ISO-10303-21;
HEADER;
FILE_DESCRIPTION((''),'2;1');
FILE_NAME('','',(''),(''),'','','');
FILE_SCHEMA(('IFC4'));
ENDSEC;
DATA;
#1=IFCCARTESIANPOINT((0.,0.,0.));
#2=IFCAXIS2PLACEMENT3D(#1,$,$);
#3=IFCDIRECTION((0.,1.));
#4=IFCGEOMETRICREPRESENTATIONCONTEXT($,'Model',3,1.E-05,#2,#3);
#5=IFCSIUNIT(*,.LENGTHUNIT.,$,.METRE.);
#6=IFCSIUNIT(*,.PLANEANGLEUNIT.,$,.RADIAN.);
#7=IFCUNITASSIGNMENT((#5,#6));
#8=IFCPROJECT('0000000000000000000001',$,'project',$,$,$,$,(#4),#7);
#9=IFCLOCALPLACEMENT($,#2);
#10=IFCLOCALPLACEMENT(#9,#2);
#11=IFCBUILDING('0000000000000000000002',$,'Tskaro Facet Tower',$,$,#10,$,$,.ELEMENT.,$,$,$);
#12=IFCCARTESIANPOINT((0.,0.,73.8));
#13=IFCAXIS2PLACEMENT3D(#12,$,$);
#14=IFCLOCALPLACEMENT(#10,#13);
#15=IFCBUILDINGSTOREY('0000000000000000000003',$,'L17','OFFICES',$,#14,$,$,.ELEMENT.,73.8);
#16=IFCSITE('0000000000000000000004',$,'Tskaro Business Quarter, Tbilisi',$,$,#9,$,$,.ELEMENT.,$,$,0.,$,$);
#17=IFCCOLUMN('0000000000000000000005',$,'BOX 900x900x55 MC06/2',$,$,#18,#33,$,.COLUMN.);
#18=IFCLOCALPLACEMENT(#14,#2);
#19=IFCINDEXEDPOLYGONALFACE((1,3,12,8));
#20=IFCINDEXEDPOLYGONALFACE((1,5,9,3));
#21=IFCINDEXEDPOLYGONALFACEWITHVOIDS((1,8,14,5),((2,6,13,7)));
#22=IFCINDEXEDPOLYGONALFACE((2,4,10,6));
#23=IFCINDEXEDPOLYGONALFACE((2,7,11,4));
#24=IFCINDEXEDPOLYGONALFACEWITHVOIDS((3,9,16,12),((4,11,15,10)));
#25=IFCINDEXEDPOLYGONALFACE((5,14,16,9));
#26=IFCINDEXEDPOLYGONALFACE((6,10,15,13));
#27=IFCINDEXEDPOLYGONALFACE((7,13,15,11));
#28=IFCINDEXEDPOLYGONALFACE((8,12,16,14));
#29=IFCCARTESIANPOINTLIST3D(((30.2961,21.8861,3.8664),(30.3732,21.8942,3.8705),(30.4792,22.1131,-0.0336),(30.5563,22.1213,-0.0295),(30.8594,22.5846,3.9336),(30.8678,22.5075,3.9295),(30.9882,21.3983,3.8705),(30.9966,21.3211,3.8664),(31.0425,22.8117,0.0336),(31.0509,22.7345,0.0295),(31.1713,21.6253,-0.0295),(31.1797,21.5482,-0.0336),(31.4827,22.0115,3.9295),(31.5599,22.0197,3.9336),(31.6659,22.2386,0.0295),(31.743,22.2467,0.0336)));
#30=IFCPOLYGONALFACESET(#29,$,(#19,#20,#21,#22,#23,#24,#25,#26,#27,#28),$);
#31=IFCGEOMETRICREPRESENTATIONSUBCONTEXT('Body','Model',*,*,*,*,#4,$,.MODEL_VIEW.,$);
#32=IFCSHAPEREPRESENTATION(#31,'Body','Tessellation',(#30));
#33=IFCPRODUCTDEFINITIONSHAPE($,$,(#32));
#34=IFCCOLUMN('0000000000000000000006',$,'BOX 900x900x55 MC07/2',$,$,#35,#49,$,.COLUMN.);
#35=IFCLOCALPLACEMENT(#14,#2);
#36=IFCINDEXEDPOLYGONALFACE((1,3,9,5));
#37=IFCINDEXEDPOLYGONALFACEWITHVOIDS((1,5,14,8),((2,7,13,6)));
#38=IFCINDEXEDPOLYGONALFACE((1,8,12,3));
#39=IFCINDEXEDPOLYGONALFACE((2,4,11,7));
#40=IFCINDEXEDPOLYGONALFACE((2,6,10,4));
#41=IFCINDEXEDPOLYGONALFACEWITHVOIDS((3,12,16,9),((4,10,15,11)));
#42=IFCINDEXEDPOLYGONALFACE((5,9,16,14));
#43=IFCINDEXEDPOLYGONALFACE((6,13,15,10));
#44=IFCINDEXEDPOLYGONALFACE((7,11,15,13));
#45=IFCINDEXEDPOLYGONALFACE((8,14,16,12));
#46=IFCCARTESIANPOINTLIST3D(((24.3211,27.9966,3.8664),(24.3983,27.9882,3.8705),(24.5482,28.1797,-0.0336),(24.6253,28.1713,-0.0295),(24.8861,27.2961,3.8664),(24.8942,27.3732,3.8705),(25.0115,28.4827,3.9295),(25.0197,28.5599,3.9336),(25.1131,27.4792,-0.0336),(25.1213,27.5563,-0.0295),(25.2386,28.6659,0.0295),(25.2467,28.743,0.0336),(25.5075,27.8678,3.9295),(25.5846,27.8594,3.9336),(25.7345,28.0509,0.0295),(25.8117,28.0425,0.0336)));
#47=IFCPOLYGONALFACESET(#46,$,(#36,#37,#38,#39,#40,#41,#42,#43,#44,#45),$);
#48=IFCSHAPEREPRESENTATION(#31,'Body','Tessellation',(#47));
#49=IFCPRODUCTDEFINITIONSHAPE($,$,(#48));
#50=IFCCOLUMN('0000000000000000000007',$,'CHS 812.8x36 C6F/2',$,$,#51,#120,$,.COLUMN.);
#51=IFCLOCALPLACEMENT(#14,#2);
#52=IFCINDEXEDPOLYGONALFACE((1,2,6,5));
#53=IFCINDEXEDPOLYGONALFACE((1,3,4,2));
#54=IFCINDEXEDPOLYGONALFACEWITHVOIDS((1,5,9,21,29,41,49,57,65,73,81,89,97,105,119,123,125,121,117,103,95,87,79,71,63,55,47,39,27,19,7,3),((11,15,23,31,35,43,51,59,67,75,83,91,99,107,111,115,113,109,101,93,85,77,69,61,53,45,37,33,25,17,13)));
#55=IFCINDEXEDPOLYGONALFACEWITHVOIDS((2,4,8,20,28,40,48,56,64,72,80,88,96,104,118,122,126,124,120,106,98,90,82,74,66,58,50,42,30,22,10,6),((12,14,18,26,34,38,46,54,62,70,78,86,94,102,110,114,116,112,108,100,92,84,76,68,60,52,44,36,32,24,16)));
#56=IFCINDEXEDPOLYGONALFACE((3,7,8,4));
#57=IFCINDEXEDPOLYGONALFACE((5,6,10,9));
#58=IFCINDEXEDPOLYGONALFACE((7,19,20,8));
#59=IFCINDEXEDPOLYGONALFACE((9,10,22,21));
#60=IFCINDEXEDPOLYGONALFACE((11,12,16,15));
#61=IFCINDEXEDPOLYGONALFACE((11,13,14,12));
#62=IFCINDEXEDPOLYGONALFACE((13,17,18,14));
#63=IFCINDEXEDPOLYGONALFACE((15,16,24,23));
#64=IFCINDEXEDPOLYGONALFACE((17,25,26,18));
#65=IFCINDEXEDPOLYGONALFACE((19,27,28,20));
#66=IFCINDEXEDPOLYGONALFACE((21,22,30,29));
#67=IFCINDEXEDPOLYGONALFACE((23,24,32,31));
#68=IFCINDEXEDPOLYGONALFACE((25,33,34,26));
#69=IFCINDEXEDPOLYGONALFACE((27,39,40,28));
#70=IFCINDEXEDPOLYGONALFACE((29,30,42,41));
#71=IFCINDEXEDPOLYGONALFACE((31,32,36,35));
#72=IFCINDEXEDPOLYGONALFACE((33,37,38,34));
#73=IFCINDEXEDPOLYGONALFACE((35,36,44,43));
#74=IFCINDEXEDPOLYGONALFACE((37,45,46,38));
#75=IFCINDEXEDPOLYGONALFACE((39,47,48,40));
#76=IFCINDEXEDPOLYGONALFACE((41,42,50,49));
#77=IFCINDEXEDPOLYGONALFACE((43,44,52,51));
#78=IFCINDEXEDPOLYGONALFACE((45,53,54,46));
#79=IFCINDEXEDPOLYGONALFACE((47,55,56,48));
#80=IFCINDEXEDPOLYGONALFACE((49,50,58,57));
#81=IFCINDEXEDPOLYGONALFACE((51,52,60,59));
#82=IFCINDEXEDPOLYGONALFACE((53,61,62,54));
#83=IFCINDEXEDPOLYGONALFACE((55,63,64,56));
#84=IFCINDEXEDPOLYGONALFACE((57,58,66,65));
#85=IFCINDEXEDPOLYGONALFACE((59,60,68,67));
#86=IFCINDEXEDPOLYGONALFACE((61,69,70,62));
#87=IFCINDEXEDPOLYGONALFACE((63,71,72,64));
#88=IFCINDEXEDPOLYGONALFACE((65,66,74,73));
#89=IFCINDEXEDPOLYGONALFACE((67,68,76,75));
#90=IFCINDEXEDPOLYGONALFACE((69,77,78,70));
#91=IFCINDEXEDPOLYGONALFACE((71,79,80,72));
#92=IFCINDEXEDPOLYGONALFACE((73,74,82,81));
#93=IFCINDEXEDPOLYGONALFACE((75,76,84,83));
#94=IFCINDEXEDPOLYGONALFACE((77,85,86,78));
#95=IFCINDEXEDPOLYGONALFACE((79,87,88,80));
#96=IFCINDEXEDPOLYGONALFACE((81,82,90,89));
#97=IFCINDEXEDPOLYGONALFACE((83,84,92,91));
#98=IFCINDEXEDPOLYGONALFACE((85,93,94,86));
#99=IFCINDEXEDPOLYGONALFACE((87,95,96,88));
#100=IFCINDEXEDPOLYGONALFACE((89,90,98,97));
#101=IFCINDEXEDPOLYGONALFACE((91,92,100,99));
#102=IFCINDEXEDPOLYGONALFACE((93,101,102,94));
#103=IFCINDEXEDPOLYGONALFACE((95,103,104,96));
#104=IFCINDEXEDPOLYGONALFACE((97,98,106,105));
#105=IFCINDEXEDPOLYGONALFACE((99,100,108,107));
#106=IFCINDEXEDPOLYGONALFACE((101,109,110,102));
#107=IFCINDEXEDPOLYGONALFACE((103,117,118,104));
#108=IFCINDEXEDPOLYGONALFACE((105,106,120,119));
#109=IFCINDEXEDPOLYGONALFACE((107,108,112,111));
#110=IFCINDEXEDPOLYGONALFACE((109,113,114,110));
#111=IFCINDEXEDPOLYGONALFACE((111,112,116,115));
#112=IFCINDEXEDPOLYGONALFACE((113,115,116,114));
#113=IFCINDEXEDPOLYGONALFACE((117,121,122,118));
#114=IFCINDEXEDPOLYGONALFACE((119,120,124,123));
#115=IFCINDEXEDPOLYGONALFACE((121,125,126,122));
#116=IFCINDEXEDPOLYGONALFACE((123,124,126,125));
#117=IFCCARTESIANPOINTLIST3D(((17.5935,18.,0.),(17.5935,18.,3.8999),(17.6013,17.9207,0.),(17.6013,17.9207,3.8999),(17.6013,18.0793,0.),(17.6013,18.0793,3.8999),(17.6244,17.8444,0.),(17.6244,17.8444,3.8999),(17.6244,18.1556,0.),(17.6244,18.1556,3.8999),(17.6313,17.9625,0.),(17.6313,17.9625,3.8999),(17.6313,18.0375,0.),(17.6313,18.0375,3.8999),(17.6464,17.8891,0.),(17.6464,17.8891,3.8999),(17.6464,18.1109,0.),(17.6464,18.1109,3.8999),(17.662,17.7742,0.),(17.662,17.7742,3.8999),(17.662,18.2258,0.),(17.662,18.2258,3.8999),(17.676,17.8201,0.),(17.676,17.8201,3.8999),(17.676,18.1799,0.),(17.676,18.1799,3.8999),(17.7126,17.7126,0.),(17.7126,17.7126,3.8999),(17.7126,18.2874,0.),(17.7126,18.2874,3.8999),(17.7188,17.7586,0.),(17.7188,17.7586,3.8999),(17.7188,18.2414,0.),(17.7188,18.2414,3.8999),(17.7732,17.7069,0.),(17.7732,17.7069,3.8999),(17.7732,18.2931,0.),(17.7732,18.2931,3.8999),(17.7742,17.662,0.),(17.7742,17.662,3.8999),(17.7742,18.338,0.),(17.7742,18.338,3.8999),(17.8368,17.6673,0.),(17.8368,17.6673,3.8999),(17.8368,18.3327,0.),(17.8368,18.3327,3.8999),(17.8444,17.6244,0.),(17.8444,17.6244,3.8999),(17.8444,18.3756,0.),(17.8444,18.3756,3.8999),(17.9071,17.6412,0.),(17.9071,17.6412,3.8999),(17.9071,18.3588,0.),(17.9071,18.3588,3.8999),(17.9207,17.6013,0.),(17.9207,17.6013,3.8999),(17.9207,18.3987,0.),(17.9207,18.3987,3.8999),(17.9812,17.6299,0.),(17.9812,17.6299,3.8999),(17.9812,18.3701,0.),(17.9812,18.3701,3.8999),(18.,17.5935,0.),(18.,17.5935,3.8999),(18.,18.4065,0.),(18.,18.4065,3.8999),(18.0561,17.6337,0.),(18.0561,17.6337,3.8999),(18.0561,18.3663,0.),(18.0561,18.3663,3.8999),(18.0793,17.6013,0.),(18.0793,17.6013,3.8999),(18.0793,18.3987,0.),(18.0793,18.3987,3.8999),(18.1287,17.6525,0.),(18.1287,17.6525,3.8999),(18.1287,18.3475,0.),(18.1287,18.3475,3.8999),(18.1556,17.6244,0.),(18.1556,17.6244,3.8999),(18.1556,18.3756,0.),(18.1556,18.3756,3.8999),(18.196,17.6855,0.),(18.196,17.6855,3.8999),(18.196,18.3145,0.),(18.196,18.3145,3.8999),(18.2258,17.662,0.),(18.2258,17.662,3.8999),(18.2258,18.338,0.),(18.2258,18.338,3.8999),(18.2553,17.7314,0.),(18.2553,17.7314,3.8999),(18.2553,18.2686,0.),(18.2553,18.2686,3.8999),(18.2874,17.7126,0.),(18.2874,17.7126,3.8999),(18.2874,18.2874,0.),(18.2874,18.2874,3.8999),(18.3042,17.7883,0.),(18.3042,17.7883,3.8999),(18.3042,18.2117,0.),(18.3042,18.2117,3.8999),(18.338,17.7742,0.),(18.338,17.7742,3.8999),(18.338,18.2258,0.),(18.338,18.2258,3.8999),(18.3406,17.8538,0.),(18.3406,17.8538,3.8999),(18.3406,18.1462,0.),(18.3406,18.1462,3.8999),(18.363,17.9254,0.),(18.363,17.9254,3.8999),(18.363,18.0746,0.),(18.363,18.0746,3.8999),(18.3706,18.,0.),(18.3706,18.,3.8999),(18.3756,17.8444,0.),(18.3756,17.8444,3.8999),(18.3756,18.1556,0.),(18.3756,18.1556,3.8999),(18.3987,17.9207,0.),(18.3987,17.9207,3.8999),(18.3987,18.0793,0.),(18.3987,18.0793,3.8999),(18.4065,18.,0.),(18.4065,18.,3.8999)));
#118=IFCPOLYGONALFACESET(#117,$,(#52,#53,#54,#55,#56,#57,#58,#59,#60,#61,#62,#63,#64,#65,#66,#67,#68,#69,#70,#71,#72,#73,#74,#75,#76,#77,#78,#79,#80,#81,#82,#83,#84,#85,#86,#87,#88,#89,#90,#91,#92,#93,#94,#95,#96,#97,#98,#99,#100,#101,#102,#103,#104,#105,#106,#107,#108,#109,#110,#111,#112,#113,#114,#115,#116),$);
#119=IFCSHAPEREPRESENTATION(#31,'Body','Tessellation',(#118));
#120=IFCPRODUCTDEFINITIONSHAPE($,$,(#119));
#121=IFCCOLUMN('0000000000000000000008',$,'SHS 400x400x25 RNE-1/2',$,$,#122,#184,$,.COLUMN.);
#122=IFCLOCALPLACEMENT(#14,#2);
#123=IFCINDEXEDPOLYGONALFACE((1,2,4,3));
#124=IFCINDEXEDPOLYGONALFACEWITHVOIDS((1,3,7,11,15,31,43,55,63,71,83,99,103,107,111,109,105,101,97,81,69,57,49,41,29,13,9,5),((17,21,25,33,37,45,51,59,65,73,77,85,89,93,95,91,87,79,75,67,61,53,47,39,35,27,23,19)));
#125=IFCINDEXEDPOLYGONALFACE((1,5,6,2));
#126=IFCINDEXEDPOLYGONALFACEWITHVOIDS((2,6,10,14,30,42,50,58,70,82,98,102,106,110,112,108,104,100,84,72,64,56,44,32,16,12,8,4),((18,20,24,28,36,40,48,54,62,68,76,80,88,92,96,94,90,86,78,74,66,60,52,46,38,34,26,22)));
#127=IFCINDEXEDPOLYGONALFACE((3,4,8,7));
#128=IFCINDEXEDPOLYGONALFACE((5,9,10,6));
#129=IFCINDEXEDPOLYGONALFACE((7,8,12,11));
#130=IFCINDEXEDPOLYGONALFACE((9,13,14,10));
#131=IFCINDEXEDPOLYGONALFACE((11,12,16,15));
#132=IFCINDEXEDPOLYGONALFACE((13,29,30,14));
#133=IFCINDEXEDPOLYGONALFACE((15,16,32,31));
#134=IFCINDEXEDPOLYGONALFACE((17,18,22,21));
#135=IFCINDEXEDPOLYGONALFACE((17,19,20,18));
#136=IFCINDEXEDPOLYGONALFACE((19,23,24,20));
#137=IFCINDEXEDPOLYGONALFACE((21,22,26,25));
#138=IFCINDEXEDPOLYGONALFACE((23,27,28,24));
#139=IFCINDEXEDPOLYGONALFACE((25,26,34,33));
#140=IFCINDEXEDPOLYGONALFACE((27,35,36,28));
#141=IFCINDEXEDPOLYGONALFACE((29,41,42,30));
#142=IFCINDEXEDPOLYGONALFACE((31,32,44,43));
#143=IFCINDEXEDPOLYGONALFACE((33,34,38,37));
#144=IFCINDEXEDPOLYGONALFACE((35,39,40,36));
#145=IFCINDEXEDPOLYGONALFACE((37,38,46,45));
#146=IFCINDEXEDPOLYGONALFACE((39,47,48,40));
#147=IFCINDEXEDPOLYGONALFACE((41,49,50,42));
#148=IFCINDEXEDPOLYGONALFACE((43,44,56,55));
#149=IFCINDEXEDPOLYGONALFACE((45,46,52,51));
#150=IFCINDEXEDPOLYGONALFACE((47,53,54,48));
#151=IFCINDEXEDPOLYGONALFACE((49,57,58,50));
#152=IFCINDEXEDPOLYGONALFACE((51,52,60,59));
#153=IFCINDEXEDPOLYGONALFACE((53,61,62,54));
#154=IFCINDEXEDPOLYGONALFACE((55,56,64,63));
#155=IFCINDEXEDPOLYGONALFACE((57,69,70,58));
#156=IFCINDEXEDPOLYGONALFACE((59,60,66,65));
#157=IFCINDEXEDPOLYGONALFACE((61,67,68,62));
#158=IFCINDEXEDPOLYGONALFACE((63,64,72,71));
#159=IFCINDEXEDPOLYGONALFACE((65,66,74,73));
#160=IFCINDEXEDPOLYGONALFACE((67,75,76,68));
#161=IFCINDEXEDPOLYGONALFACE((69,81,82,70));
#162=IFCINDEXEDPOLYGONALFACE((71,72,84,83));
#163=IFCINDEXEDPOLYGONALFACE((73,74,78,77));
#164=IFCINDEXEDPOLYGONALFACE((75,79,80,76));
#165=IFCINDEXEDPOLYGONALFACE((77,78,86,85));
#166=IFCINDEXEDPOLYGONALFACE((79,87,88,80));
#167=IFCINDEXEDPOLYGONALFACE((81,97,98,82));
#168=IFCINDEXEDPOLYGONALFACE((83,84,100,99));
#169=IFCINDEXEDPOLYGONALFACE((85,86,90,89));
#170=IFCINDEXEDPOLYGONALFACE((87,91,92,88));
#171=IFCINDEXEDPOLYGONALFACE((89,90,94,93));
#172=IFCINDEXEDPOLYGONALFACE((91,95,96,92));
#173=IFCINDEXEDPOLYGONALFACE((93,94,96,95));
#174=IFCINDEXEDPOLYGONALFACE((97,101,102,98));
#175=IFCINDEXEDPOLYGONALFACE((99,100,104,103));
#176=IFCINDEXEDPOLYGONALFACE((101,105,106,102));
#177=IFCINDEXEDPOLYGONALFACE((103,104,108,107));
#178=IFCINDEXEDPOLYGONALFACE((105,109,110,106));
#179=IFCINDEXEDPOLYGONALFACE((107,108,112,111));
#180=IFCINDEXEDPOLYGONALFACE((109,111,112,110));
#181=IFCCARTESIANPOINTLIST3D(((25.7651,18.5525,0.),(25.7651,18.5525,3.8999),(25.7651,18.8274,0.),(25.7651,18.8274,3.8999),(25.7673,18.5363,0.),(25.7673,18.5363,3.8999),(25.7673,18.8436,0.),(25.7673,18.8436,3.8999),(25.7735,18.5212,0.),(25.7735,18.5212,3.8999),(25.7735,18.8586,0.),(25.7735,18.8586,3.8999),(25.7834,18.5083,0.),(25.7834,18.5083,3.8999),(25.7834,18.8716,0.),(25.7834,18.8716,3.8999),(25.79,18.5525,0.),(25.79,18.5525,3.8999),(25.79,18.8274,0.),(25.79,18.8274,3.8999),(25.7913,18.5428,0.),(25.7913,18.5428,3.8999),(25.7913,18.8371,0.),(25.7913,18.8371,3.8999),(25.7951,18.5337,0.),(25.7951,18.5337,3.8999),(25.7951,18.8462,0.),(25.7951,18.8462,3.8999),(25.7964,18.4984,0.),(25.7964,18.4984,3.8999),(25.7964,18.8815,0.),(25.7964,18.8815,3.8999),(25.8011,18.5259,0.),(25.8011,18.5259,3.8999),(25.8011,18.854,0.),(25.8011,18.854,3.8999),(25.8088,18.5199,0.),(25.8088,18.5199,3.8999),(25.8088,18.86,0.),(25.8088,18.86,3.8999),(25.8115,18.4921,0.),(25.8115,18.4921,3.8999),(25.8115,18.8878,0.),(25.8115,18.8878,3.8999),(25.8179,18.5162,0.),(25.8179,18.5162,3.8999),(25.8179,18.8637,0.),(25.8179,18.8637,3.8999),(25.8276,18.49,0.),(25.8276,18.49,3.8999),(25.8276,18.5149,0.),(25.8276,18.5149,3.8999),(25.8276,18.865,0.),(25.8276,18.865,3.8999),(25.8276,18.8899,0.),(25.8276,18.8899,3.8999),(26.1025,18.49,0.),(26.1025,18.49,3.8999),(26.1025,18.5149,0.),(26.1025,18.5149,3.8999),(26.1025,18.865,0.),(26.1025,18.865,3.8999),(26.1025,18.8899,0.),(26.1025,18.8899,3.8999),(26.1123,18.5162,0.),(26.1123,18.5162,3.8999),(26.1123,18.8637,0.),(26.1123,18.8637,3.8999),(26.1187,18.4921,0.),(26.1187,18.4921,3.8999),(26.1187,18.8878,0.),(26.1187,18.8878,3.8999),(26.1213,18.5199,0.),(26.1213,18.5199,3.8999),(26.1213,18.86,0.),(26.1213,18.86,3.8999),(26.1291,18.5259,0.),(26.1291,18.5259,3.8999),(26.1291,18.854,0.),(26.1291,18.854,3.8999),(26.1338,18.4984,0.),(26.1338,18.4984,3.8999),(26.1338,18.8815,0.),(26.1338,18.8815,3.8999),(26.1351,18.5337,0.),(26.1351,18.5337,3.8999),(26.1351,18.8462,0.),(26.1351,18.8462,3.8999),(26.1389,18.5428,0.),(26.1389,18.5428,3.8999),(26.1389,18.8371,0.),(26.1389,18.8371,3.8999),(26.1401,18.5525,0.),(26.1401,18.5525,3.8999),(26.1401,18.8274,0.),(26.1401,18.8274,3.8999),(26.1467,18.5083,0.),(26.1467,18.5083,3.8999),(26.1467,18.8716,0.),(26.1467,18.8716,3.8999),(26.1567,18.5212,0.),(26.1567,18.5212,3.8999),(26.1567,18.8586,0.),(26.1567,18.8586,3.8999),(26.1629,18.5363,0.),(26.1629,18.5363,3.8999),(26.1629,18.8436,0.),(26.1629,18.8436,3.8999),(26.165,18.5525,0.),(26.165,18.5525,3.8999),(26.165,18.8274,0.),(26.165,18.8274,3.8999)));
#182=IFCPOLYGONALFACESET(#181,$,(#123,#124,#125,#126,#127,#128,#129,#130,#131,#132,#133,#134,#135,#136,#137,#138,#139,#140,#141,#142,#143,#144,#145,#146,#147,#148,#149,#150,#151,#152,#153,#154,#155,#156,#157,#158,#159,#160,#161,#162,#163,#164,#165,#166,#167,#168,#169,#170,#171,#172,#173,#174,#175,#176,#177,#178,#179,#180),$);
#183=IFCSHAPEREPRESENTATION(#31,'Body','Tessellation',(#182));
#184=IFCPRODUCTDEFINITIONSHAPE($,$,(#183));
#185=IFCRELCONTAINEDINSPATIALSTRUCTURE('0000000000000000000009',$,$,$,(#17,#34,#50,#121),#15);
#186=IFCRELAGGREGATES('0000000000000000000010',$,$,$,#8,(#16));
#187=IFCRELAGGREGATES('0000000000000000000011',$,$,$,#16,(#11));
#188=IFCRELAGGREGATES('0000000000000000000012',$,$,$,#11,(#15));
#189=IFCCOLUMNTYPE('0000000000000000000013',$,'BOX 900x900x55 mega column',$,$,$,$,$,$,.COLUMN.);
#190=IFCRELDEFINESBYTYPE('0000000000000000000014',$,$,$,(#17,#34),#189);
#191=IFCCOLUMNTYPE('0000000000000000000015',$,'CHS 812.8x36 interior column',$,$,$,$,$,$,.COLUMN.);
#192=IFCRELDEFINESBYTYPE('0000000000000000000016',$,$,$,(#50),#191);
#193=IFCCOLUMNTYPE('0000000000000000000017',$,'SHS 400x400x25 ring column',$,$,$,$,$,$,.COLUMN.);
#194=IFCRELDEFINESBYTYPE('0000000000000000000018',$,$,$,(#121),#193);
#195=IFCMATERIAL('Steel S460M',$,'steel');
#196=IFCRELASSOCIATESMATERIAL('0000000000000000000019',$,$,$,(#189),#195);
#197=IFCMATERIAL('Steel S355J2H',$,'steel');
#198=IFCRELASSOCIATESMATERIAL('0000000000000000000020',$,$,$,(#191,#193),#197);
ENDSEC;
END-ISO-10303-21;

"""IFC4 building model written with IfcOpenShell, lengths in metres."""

from ifc_helpers import new_model, si_unit, direction, frame, origin, origin_2d, place, context, subcontext, project, spatial, hollow_rectangle, hollow_circle, extrude, material, material_profile, profile_set, type_object, element, save


model = new_model("IFC4")

# Units and contexts
model_context = context("Model", 3, precision=1e-05, world=origin(), true_north=direction((0.0, 1.0)))
body_context = subcontext(model_context, "Body", "Model", "MODEL_VIEW")
ifc_project = project(units=[si_unit("LENGTHUNIT", "METRE"), si_unit("PLANEANGLEUNIT", "RADIAN")], contexts=[model_context])

# Site, building, storey
site_placement = place(None, origin())
site = spatial("IfcSite", under=ifc_project, at=site_placement, Name="Tskaro Business Quarter, Tbilisi", CompositionType="ELEMENT", RefElevation=0.0)
building_placement = place(site_placement, origin())
building = spatial("IfcBuilding", under=site, at=building_placement, Name="Tskaro Facet Tower", CompositionType="ELEMENT")
storey_placement = place(building_placement, frame((0.0, 0.0, 73.8)))
storey = spatial("IfcBuildingStorey", under=building, at=storey_placement, Name="L17", Description="OFFICES", CompositionType="ELEMENT", Elevation=73.8)

# Columns
ifc_material_1 = material(Name="Steel S460M", Category="steel")
ifc_material_profile_1 = material_profile(ifc_material_1, hollow_rectangle(XDim=0.8999, YDim=0.8999, WallThickness=0.0549, at=origin_2d()), Name="BOX 900x900x55")
ifc_profile_set_1 = profile_set([ifc_material_profile_1], Name="Steel S460M")
column_type_1 = type_object("IfcColumnType", Name="BOX 900x900x55 mega column", PredefinedType="COLUMN", material=ifc_profile_set_1)
for number, where, z_axis, x_axis, name in (
    (1, (31.1111, 22.1799, 0.0), (-0.046821, -0.058057, 0.997215), (0.778413, -0.627752, 0.0), "BOX 900x900x55 MC06/2"),
    (2, (25.1799, 28.1111, 0.0), (-0.058057, -0.046821, 0.997215), (0.627752, -0.778413, 0.0), "BOX 900x900x55 MC07/2"),
):
    element("IfcColumn", number, at=place(storey_placement, frame(where, z_axis=z_axis, x_axis=x_axis)), inside=storey, type_object=column_type_1, Name=name, PredefinedType="COLUMN", context=body_context, shape_type="SweptSolid", body=[
        extrude(hollow_rectangle(XDim=0.8999, YDim=0.8999, WallThickness=0.0549, at=origin_2d()), origin(), (0.0, 0.0, 1.0), 3.9109),
    ])
ifc_material_2 = material(Name="Steel S355J2H", Category="steel")
ifc_material_profile_2 = material_profile(ifc_material_2, hollow_circle(Radius=0.4065, WallThickness=0.0359, at=origin_2d()), Name="CHS 812.8x36")
ifc_profile_set_2 = profile_set([ifc_material_profile_2], Name="Steel S355J2H")
column_type_2 = type_object("IfcColumnType", Name="CHS 812.8x36 interior column", PredefinedType="COLUMN", material=ifc_profile_set_2)
column_placement = place(storey_placement, frame((18.0, 18.0, 0.0), z_axis=(0.0, 0.0, 1.0), x_axis=(1.0, 0.0, 0.0)))
element("IfcColumn", 3, at=column_placement, inside=storey, type_object=column_type_2, Name="CHS 812.8x36 C6F/2", PredefinedType="COLUMN", context=body_context, shape_type="SweptSolid", body=[
    extrude(hollow_circle(Radius=0.4065, WallThickness=0.0359, at=origin_2d()), origin(), (0.0, 0.0, 1.0), 3.8999),
])
ifc_material_profile_3 = material_profile(ifc_material_2, hollow_rectangle(XDim=0.3999, YDim=0.3999, WallThickness=0.0249, InnerFilletRadius=0.0376, OuterFilletRadius=0.0625, at=origin_2d()), Name="SHS 400x400x25")
ifc_profile_set_3 = profile_set([ifc_material_profile_3], Name="Steel S355J2H")
column_type_3 = type_object("IfcColumnType", Name="SHS 400x400x25 ring column", PredefinedType="COLUMN", material=ifc_profile_set_3)
for number, where, z_axis, x_axis, name in (
    (4, (25.9651, 18.6899, 0.0), (0.0, 0.0, 1.0), (1.0, 0.0, 0.0), "SHS 400x400x25 RNE-1/2"),
):
    element("IfcColumn", number, at=place(storey_placement, frame(where, z_axis=z_axis, x_axis=x_axis)), inside=storey, type_object=column_type_3, Name=name, PredefinedType="COLUMN", context=body_context, shape_type="SweptSolid", body=[
        extrude(hollow_rectangle(XDim=0.3999, YDim=0.3999, WallThickness=0.0249, InnerFilletRadius=0.0376, OuterFilletRadius=0.0625, at=origin_2d()), origin(), (0.0, 0.0, 1.0), 3.8999),
    ])

save(model, "model.ifc")
